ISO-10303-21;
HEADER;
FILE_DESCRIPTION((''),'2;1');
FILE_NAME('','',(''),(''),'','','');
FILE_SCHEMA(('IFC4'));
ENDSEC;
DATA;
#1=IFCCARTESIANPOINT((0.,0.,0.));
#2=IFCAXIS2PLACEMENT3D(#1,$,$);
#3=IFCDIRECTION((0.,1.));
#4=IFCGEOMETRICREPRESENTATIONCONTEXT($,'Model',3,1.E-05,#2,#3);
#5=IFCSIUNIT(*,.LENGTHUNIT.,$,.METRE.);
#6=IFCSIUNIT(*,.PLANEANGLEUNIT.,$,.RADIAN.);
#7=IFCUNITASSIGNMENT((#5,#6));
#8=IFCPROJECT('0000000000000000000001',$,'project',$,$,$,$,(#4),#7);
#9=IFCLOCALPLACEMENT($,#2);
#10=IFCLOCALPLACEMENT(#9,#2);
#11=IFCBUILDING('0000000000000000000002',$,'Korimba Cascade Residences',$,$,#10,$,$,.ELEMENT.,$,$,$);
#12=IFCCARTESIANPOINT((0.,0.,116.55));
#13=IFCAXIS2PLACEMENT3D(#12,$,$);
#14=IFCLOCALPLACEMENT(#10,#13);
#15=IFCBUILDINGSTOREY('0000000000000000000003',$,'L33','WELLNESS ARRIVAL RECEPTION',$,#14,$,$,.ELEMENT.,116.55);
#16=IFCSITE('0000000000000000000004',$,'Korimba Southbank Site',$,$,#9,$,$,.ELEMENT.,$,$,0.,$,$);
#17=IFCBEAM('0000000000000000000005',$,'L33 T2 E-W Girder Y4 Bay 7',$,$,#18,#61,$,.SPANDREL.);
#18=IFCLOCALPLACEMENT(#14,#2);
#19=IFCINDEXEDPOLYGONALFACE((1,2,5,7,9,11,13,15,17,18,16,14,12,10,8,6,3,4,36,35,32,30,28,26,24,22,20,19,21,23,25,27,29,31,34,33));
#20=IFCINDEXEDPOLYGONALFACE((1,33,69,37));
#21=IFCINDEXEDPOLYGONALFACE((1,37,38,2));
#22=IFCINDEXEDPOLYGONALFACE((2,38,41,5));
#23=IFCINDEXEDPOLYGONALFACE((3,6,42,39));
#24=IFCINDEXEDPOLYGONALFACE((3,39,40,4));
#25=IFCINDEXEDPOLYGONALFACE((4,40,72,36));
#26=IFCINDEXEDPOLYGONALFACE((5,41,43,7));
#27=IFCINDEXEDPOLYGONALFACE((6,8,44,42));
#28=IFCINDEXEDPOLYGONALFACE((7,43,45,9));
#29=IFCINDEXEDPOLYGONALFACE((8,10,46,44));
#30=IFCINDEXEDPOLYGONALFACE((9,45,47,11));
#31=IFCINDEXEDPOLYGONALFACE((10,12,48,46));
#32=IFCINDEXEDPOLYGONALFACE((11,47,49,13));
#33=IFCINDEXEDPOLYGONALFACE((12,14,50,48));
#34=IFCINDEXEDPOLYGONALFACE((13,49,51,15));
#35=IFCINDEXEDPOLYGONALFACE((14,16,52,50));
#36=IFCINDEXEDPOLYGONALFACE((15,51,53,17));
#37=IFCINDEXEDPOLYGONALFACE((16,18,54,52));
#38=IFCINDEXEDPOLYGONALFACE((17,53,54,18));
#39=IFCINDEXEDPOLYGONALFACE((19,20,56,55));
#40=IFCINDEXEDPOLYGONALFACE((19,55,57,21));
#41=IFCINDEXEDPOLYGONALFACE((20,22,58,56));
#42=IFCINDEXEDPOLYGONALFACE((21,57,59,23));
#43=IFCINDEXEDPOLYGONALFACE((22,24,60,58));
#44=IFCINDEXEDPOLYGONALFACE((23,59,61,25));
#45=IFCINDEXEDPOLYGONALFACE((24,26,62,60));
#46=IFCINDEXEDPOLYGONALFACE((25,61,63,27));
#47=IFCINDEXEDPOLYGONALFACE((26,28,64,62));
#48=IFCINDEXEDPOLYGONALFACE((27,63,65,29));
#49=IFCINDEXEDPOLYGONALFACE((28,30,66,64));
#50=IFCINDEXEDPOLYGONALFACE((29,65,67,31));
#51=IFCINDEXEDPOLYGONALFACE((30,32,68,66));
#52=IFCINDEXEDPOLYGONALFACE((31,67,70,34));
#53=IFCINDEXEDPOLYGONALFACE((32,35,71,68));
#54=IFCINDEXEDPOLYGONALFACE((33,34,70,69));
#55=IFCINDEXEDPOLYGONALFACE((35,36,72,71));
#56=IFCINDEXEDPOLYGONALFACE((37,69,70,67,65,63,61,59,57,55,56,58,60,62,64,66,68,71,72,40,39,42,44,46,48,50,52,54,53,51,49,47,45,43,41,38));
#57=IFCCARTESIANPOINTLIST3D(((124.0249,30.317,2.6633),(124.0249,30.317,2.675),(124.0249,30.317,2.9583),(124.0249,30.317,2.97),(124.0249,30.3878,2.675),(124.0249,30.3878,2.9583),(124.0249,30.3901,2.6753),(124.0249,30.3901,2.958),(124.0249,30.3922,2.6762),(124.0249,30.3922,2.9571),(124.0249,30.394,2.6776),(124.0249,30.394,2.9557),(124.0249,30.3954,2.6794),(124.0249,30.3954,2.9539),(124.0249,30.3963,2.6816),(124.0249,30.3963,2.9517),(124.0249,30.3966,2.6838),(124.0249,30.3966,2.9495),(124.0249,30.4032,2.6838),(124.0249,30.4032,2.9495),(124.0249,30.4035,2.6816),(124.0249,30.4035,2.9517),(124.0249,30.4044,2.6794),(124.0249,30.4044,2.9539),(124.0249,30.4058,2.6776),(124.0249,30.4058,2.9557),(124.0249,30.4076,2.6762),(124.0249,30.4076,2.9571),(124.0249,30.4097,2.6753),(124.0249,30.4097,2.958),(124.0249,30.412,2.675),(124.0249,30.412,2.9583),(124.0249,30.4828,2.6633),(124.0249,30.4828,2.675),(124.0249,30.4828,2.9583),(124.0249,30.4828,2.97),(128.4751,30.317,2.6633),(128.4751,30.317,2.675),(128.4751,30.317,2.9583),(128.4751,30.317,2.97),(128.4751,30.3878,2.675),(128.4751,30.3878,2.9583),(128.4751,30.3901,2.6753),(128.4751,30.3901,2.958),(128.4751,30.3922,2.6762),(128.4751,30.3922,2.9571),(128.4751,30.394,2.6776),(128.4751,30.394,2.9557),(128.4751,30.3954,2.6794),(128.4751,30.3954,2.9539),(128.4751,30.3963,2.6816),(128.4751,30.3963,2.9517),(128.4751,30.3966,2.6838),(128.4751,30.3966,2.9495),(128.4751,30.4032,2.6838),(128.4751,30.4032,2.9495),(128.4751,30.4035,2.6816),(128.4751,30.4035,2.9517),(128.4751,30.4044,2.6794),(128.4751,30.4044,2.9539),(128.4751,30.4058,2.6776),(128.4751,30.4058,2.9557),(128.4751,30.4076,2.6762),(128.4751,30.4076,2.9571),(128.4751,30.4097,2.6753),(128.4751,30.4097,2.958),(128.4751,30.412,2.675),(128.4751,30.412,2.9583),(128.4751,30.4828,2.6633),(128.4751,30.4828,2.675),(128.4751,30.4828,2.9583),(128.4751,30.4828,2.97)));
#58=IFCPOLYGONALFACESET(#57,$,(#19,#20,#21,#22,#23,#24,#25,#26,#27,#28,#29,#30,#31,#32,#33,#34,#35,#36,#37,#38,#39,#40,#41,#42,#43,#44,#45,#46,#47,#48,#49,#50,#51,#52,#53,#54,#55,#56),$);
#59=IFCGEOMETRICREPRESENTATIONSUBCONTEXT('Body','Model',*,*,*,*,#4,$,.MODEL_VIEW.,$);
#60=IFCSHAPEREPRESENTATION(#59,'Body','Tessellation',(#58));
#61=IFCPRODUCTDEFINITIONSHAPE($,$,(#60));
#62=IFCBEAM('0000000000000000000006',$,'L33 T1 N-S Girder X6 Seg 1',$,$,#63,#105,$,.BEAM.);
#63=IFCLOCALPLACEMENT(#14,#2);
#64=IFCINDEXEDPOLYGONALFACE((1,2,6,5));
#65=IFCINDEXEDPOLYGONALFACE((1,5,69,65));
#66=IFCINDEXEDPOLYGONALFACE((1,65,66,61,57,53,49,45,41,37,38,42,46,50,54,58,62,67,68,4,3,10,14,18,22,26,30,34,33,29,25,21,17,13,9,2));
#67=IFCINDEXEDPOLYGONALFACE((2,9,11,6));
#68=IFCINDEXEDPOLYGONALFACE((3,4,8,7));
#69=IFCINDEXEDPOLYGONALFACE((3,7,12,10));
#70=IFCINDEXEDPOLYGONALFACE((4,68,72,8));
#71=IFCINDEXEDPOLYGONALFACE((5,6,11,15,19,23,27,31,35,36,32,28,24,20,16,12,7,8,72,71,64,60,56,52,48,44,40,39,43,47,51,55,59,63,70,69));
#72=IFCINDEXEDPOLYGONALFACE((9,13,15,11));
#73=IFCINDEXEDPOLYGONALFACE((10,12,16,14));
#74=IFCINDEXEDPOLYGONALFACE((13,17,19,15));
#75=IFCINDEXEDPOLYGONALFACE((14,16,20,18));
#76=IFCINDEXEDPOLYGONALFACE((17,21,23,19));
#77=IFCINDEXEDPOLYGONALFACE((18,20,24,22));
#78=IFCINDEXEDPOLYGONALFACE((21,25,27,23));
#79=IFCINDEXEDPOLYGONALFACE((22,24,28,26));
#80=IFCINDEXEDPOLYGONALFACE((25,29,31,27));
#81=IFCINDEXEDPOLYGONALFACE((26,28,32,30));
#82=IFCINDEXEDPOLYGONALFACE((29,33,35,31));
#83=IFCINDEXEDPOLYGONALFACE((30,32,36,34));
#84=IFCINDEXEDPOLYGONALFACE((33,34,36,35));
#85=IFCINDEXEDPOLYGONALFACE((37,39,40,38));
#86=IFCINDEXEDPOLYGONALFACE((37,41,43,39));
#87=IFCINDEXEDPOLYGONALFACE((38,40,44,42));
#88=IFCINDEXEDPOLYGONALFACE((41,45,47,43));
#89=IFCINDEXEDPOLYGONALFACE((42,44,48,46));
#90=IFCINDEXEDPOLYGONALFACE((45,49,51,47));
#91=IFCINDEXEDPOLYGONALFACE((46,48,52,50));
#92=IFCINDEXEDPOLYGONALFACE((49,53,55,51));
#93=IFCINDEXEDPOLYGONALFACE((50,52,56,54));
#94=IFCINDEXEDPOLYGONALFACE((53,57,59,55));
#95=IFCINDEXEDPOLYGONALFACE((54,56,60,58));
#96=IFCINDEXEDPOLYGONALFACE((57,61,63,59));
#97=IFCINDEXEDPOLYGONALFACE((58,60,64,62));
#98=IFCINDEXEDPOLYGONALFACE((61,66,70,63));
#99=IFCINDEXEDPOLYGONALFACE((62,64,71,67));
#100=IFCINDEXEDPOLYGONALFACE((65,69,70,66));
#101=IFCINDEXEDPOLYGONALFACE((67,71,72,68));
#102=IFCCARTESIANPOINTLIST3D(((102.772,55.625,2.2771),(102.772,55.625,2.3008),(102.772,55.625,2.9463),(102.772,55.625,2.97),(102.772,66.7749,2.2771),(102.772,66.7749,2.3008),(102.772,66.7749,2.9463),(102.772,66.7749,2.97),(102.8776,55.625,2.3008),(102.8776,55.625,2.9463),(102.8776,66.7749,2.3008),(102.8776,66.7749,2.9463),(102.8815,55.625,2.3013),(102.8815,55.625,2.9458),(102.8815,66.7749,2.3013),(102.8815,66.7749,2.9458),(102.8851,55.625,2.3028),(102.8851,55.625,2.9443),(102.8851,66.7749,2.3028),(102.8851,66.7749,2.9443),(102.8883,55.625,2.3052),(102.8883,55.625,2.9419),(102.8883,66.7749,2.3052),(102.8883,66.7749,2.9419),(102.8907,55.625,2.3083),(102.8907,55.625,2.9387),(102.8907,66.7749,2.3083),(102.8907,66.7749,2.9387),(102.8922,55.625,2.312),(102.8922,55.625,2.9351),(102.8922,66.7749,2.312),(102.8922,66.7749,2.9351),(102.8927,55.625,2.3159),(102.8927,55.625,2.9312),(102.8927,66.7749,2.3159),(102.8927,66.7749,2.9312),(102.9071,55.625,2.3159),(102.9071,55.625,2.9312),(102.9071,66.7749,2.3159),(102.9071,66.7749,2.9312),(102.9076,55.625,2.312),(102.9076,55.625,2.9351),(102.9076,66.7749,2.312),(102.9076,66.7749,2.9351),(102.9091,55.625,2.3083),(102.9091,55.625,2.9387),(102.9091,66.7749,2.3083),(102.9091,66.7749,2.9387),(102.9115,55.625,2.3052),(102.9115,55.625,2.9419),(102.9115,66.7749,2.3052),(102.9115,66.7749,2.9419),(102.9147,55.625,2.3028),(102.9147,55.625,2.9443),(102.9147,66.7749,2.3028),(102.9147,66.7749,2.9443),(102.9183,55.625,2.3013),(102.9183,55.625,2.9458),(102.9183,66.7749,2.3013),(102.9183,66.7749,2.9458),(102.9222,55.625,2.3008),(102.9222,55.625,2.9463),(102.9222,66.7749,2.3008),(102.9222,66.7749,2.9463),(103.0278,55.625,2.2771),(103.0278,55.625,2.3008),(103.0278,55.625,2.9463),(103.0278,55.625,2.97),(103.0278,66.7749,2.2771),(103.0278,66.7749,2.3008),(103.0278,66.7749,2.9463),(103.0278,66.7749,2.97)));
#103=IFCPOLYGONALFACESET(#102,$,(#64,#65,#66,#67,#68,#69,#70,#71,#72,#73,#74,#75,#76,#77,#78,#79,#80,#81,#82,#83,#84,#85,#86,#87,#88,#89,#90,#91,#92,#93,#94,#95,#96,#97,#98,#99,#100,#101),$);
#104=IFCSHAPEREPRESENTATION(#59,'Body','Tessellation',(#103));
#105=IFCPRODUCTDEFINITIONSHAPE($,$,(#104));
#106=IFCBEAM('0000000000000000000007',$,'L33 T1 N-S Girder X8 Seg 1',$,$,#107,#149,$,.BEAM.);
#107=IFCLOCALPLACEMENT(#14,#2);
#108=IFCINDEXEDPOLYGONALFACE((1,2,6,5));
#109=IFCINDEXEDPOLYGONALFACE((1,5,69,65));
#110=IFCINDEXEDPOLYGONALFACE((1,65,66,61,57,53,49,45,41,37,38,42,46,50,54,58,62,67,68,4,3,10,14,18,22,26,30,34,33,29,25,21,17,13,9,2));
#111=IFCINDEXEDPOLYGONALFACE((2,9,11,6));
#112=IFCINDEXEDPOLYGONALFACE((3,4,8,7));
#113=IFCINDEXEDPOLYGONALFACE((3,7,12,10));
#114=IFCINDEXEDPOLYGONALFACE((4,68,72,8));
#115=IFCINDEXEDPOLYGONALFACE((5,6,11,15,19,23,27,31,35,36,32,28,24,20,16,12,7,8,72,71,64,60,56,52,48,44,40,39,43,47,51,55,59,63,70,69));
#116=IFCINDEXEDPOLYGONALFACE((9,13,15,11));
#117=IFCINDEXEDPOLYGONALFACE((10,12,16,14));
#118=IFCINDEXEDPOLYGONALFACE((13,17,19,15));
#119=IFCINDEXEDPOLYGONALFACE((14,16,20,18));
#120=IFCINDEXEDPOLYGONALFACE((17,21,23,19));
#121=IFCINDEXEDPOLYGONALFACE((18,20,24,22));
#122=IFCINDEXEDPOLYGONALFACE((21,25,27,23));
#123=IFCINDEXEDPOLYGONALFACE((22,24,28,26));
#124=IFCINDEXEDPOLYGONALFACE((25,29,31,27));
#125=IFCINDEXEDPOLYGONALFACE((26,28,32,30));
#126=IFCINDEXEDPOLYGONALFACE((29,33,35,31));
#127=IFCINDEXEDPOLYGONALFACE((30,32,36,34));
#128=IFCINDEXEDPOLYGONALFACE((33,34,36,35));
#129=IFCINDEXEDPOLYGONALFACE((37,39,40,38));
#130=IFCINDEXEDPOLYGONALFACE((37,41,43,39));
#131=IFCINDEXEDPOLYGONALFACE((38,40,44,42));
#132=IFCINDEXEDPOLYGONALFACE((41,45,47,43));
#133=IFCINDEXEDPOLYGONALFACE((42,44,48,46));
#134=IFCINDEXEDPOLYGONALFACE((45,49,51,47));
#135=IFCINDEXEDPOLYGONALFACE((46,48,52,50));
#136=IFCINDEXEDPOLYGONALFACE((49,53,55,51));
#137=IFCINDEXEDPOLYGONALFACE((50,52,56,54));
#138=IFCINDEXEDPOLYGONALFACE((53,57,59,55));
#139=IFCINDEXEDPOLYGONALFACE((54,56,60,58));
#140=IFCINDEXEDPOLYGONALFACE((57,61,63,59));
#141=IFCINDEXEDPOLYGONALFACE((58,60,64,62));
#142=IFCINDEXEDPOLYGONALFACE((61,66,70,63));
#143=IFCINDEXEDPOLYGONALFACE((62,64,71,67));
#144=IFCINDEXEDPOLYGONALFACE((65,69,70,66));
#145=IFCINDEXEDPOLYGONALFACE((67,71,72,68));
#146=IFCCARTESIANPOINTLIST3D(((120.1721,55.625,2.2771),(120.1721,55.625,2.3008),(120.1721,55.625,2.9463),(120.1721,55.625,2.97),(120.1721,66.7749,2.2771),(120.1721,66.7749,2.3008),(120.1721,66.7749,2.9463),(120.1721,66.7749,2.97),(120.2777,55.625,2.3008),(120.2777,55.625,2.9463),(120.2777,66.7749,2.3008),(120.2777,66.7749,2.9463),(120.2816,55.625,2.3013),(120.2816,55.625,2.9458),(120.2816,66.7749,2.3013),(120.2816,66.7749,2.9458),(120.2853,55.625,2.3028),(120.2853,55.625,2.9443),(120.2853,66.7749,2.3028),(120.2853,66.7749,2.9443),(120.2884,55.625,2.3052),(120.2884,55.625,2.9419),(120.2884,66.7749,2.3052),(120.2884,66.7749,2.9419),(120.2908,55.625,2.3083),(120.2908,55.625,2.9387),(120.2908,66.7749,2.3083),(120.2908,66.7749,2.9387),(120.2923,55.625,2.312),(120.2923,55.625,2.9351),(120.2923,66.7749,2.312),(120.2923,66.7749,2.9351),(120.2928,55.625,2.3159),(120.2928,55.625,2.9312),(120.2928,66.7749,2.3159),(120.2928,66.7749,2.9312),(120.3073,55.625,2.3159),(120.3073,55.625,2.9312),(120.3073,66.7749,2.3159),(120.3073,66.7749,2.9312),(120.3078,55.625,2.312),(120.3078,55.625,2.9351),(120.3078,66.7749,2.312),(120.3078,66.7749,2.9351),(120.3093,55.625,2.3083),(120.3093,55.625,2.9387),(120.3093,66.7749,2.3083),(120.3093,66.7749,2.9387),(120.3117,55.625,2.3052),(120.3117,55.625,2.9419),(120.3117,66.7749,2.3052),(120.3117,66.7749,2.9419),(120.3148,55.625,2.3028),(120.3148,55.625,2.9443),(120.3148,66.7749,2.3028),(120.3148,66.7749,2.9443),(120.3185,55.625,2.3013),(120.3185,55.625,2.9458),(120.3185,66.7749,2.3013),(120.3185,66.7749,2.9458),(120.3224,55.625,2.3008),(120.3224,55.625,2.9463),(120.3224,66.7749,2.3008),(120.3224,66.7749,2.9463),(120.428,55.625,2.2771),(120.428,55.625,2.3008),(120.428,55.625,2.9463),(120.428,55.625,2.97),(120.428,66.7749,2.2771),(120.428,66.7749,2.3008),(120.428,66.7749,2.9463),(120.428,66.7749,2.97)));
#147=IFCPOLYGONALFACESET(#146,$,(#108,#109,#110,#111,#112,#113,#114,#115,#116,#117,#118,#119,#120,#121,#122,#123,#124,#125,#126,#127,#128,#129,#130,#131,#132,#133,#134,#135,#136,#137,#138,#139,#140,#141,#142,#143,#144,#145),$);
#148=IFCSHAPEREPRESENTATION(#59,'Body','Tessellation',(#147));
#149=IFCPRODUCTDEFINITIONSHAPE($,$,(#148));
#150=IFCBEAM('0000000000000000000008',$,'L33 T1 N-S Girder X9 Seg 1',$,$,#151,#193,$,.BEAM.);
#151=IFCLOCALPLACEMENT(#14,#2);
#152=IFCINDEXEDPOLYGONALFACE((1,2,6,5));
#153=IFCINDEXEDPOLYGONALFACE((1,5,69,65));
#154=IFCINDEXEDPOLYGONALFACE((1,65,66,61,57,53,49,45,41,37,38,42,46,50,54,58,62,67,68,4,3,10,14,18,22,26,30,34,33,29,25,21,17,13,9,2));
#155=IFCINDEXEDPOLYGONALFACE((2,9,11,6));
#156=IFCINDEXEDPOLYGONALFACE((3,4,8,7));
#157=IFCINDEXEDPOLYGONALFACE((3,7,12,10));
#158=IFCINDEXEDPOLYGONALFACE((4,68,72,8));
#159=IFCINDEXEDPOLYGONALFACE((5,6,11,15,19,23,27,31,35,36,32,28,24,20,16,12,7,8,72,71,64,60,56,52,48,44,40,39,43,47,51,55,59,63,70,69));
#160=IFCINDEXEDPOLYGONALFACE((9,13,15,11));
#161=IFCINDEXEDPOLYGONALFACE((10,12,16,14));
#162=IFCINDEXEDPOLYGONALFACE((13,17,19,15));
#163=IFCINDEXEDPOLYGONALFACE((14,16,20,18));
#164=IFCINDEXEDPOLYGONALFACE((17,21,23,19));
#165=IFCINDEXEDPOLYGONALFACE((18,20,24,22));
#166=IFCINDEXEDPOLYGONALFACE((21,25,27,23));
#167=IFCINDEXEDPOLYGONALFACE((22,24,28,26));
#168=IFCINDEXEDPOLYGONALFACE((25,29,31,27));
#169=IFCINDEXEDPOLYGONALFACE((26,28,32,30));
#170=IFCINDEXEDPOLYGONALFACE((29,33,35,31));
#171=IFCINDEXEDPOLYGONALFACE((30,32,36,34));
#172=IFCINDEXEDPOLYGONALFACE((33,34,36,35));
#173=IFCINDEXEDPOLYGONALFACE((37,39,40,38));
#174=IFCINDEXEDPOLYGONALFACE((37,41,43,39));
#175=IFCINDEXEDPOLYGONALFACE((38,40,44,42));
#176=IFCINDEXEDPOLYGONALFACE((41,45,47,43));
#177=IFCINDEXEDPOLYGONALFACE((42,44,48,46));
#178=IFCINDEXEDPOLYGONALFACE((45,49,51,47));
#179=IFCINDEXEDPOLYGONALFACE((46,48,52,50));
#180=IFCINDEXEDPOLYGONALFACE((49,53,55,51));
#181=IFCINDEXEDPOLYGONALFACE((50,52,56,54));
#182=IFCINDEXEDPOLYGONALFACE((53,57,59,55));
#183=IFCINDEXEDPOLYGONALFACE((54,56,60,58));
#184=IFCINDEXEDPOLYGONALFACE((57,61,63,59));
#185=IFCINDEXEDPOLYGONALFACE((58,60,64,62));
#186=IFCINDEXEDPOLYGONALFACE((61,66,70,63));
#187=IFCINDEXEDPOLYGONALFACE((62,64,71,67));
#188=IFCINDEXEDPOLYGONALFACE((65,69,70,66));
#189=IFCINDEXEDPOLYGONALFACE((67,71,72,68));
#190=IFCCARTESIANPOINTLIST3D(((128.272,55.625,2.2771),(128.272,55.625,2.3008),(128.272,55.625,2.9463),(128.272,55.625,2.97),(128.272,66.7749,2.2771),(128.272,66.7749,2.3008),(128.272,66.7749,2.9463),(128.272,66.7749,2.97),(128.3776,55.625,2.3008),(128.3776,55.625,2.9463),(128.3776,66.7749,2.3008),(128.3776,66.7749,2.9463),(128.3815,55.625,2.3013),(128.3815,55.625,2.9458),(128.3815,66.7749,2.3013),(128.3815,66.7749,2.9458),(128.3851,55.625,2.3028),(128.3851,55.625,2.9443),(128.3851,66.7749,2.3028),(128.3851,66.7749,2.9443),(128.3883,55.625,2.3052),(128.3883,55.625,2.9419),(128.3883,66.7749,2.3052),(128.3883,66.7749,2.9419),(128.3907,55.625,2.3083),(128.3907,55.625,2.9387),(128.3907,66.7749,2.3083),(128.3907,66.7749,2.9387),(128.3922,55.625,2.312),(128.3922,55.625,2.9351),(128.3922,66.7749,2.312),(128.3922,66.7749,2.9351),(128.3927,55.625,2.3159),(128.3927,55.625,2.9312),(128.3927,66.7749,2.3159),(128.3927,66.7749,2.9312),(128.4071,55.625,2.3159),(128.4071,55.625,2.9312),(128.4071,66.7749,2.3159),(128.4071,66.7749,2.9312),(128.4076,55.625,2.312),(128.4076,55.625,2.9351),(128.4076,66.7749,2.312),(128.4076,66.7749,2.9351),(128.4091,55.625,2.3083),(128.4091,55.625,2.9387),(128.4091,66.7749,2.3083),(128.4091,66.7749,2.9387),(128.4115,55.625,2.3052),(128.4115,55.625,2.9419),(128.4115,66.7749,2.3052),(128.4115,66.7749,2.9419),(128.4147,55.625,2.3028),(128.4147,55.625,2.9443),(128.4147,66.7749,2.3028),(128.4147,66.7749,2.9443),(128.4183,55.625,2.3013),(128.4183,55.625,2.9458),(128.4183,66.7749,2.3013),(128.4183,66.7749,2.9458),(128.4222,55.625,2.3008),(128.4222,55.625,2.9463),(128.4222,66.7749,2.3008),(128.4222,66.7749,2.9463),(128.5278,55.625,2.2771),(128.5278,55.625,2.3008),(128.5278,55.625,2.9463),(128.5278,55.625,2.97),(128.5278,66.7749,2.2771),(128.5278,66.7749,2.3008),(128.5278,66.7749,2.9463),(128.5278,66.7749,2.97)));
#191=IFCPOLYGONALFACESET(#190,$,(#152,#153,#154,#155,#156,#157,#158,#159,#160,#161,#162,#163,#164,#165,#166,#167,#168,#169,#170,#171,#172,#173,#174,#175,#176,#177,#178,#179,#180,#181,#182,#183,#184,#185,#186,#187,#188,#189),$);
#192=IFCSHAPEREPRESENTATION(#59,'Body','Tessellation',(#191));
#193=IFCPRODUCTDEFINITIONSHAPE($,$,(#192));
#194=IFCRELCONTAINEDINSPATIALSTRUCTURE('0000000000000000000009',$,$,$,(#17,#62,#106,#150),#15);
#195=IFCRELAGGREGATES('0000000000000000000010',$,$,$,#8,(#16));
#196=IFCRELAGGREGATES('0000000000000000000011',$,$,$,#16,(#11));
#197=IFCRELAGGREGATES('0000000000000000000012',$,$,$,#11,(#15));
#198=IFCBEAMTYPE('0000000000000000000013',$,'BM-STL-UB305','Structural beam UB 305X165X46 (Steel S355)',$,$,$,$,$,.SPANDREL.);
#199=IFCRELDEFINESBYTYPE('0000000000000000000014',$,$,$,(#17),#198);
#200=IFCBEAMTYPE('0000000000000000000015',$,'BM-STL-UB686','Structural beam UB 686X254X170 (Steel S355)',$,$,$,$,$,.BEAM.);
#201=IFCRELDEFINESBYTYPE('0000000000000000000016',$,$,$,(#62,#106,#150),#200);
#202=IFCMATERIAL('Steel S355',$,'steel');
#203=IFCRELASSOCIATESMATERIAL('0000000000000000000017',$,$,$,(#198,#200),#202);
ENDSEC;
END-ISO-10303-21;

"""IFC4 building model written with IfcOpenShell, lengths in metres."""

from ifc_helpers import new_model, si_unit, direction, frame, origin, origin_2d, place, context, subcontext, project, spatial, i_section, extrude, material, material_profile, profile_set, type_object, element, save


model = new_model("IFC4")

# Units and contexts
model_context = context("Model", 3, precision=1e-05, world=origin(), true_north=direction((0.0, 1.0)))
body_context = subcontext(model_context, "Body", "Model", "MODEL_VIEW")
ifc_project = project(units=[si_unit("LENGTHUNIT", "METRE"), si_unit("PLANEANGLEUNIT", "RADIAN")], contexts=[model_context])

# Site, building, storey
site_placement = place(None, origin())
site = spatial("IfcSite", under=ifc_project, at=site_placement, Name="Korimba Southbank Site", CompositionType="ELEMENT", RefElevation=0.0)
building_placement = place(site_placement, origin())
building = spatial("IfcBuilding", under=site, at=building_placement, Name="Korimba Cascade Residences", CompositionType="ELEMENT")
storey_placement = place(building_placement, frame((0.0, 0.0, 116.55)))
storey = spatial("IfcBuildingStorey", under=building, at=storey_placement, Name="L33", Description="WELLNESS ARRIVAL RECEPTION", CompositionType="ELEMENT", Elevation=116.55)

# Beams
ifc_material_1 = material(Name="Steel S355", Category="steel")
ifc_material_profile_1 = material_profile(ifc_material_1, i_section(OverallWidth=0.1658, OverallDepth=0.3066, WebThickness=0.0066, FlangeThickness=0.0117, FilletRadius=0.0088, at=origin_2d()), Name="Steel S355")
ifc_profile_set_1 = profile_set([ifc_material_profile_1], Name="Steel S355")
beam_type_1 = type_object("IfcBeamType", Name="BM-STL-UB305", Description="Structural beam UB 305X165X46 (Steel S355)", PredefinedType="SPANDREL", material=ifc_profile_set_1)
beam_1_placement = place(storey_placement, frame((124.0249, 30.3999, 2.8167), z_axis=(1.0, 0.0, 0.0), x_axis=(0.0, 1.0, 0.0)))
element("IfcBeam", 1, at=beam_1_placement, inside=storey, type_object=beam_type_1, Name="L33 T2 E-W Girder Y4 Bay 7", PredefinedType="SPANDREL", context=body_context, shape_type="SweptSolid", body=[
    extrude(i_section(OverallWidth=0.1658, OverallDepth=0.3066, WebThickness=0.0066, FlangeThickness=0.0117, FilletRadius=0.0088, at=origin_2d()), origin(), (0.0, 0.0, 1.0), 4.4502),
])
ifc_material_profile_2 = material_profile(ifc_material_1, i_section(OverallWidth=0.2559, OverallDepth=0.6929, WebThickness=0.0144, FlangeThickness=0.0237, FilletRadius=0.0151, at=origin_2d()), Name="Steel S355")
ifc_profile_set_2 = profile_set([ifc_material_profile_2], Name="Steel S355")
beam_type_2 = type_object("IfcBeamType", Name="BM-STL-UB686", Description="Structural beam UB 686X254X170 (Steel S355)", PredefinedType="BEAM", material=ifc_profile_set_2)
for number, where, z_axis, x_axis, name in (
    (2, (102.8999, 55.625, 2.6235), (0.0, 1.0, 0.0), (-1.0, 0.0, 0.0), "L33 T1 N-S Girder X6 Seg 1"),
    (3, (120.3, 55.625, 2.6235), (0.0, 1.0, 0.0), (-1.0, 0.0, 0.0), "L33 T1 N-S Girder X8 Seg 1"),
    (4, (128.3999, 55.625, 2.6235), (0.0, 1.0, 0.0), (-1.0, 0.0, 0.0), "L33 T1 N-S Girder X9 Seg 1"),
):
    element("IfcBeam", number, at=place(storey_placement, frame(where, z_axis=z_axis, x_axis=x_axis)), inside=storey, type_object=beam_type_2, Name=name, PredefinedType="BEAM", context=body_context, shape_type="SweptSolid", body=[
        extrude(i_section(OverallWidth=0.2559, OverallDepth=0.6929, WebThickness=0.0144, FlangeThickness=0.0237, FilletRadius=0.0151, at=origin_2d()), origin(), (0.0, 0.0, 1.0), 11.1499),
    ])

save(model, "model.ifc")
